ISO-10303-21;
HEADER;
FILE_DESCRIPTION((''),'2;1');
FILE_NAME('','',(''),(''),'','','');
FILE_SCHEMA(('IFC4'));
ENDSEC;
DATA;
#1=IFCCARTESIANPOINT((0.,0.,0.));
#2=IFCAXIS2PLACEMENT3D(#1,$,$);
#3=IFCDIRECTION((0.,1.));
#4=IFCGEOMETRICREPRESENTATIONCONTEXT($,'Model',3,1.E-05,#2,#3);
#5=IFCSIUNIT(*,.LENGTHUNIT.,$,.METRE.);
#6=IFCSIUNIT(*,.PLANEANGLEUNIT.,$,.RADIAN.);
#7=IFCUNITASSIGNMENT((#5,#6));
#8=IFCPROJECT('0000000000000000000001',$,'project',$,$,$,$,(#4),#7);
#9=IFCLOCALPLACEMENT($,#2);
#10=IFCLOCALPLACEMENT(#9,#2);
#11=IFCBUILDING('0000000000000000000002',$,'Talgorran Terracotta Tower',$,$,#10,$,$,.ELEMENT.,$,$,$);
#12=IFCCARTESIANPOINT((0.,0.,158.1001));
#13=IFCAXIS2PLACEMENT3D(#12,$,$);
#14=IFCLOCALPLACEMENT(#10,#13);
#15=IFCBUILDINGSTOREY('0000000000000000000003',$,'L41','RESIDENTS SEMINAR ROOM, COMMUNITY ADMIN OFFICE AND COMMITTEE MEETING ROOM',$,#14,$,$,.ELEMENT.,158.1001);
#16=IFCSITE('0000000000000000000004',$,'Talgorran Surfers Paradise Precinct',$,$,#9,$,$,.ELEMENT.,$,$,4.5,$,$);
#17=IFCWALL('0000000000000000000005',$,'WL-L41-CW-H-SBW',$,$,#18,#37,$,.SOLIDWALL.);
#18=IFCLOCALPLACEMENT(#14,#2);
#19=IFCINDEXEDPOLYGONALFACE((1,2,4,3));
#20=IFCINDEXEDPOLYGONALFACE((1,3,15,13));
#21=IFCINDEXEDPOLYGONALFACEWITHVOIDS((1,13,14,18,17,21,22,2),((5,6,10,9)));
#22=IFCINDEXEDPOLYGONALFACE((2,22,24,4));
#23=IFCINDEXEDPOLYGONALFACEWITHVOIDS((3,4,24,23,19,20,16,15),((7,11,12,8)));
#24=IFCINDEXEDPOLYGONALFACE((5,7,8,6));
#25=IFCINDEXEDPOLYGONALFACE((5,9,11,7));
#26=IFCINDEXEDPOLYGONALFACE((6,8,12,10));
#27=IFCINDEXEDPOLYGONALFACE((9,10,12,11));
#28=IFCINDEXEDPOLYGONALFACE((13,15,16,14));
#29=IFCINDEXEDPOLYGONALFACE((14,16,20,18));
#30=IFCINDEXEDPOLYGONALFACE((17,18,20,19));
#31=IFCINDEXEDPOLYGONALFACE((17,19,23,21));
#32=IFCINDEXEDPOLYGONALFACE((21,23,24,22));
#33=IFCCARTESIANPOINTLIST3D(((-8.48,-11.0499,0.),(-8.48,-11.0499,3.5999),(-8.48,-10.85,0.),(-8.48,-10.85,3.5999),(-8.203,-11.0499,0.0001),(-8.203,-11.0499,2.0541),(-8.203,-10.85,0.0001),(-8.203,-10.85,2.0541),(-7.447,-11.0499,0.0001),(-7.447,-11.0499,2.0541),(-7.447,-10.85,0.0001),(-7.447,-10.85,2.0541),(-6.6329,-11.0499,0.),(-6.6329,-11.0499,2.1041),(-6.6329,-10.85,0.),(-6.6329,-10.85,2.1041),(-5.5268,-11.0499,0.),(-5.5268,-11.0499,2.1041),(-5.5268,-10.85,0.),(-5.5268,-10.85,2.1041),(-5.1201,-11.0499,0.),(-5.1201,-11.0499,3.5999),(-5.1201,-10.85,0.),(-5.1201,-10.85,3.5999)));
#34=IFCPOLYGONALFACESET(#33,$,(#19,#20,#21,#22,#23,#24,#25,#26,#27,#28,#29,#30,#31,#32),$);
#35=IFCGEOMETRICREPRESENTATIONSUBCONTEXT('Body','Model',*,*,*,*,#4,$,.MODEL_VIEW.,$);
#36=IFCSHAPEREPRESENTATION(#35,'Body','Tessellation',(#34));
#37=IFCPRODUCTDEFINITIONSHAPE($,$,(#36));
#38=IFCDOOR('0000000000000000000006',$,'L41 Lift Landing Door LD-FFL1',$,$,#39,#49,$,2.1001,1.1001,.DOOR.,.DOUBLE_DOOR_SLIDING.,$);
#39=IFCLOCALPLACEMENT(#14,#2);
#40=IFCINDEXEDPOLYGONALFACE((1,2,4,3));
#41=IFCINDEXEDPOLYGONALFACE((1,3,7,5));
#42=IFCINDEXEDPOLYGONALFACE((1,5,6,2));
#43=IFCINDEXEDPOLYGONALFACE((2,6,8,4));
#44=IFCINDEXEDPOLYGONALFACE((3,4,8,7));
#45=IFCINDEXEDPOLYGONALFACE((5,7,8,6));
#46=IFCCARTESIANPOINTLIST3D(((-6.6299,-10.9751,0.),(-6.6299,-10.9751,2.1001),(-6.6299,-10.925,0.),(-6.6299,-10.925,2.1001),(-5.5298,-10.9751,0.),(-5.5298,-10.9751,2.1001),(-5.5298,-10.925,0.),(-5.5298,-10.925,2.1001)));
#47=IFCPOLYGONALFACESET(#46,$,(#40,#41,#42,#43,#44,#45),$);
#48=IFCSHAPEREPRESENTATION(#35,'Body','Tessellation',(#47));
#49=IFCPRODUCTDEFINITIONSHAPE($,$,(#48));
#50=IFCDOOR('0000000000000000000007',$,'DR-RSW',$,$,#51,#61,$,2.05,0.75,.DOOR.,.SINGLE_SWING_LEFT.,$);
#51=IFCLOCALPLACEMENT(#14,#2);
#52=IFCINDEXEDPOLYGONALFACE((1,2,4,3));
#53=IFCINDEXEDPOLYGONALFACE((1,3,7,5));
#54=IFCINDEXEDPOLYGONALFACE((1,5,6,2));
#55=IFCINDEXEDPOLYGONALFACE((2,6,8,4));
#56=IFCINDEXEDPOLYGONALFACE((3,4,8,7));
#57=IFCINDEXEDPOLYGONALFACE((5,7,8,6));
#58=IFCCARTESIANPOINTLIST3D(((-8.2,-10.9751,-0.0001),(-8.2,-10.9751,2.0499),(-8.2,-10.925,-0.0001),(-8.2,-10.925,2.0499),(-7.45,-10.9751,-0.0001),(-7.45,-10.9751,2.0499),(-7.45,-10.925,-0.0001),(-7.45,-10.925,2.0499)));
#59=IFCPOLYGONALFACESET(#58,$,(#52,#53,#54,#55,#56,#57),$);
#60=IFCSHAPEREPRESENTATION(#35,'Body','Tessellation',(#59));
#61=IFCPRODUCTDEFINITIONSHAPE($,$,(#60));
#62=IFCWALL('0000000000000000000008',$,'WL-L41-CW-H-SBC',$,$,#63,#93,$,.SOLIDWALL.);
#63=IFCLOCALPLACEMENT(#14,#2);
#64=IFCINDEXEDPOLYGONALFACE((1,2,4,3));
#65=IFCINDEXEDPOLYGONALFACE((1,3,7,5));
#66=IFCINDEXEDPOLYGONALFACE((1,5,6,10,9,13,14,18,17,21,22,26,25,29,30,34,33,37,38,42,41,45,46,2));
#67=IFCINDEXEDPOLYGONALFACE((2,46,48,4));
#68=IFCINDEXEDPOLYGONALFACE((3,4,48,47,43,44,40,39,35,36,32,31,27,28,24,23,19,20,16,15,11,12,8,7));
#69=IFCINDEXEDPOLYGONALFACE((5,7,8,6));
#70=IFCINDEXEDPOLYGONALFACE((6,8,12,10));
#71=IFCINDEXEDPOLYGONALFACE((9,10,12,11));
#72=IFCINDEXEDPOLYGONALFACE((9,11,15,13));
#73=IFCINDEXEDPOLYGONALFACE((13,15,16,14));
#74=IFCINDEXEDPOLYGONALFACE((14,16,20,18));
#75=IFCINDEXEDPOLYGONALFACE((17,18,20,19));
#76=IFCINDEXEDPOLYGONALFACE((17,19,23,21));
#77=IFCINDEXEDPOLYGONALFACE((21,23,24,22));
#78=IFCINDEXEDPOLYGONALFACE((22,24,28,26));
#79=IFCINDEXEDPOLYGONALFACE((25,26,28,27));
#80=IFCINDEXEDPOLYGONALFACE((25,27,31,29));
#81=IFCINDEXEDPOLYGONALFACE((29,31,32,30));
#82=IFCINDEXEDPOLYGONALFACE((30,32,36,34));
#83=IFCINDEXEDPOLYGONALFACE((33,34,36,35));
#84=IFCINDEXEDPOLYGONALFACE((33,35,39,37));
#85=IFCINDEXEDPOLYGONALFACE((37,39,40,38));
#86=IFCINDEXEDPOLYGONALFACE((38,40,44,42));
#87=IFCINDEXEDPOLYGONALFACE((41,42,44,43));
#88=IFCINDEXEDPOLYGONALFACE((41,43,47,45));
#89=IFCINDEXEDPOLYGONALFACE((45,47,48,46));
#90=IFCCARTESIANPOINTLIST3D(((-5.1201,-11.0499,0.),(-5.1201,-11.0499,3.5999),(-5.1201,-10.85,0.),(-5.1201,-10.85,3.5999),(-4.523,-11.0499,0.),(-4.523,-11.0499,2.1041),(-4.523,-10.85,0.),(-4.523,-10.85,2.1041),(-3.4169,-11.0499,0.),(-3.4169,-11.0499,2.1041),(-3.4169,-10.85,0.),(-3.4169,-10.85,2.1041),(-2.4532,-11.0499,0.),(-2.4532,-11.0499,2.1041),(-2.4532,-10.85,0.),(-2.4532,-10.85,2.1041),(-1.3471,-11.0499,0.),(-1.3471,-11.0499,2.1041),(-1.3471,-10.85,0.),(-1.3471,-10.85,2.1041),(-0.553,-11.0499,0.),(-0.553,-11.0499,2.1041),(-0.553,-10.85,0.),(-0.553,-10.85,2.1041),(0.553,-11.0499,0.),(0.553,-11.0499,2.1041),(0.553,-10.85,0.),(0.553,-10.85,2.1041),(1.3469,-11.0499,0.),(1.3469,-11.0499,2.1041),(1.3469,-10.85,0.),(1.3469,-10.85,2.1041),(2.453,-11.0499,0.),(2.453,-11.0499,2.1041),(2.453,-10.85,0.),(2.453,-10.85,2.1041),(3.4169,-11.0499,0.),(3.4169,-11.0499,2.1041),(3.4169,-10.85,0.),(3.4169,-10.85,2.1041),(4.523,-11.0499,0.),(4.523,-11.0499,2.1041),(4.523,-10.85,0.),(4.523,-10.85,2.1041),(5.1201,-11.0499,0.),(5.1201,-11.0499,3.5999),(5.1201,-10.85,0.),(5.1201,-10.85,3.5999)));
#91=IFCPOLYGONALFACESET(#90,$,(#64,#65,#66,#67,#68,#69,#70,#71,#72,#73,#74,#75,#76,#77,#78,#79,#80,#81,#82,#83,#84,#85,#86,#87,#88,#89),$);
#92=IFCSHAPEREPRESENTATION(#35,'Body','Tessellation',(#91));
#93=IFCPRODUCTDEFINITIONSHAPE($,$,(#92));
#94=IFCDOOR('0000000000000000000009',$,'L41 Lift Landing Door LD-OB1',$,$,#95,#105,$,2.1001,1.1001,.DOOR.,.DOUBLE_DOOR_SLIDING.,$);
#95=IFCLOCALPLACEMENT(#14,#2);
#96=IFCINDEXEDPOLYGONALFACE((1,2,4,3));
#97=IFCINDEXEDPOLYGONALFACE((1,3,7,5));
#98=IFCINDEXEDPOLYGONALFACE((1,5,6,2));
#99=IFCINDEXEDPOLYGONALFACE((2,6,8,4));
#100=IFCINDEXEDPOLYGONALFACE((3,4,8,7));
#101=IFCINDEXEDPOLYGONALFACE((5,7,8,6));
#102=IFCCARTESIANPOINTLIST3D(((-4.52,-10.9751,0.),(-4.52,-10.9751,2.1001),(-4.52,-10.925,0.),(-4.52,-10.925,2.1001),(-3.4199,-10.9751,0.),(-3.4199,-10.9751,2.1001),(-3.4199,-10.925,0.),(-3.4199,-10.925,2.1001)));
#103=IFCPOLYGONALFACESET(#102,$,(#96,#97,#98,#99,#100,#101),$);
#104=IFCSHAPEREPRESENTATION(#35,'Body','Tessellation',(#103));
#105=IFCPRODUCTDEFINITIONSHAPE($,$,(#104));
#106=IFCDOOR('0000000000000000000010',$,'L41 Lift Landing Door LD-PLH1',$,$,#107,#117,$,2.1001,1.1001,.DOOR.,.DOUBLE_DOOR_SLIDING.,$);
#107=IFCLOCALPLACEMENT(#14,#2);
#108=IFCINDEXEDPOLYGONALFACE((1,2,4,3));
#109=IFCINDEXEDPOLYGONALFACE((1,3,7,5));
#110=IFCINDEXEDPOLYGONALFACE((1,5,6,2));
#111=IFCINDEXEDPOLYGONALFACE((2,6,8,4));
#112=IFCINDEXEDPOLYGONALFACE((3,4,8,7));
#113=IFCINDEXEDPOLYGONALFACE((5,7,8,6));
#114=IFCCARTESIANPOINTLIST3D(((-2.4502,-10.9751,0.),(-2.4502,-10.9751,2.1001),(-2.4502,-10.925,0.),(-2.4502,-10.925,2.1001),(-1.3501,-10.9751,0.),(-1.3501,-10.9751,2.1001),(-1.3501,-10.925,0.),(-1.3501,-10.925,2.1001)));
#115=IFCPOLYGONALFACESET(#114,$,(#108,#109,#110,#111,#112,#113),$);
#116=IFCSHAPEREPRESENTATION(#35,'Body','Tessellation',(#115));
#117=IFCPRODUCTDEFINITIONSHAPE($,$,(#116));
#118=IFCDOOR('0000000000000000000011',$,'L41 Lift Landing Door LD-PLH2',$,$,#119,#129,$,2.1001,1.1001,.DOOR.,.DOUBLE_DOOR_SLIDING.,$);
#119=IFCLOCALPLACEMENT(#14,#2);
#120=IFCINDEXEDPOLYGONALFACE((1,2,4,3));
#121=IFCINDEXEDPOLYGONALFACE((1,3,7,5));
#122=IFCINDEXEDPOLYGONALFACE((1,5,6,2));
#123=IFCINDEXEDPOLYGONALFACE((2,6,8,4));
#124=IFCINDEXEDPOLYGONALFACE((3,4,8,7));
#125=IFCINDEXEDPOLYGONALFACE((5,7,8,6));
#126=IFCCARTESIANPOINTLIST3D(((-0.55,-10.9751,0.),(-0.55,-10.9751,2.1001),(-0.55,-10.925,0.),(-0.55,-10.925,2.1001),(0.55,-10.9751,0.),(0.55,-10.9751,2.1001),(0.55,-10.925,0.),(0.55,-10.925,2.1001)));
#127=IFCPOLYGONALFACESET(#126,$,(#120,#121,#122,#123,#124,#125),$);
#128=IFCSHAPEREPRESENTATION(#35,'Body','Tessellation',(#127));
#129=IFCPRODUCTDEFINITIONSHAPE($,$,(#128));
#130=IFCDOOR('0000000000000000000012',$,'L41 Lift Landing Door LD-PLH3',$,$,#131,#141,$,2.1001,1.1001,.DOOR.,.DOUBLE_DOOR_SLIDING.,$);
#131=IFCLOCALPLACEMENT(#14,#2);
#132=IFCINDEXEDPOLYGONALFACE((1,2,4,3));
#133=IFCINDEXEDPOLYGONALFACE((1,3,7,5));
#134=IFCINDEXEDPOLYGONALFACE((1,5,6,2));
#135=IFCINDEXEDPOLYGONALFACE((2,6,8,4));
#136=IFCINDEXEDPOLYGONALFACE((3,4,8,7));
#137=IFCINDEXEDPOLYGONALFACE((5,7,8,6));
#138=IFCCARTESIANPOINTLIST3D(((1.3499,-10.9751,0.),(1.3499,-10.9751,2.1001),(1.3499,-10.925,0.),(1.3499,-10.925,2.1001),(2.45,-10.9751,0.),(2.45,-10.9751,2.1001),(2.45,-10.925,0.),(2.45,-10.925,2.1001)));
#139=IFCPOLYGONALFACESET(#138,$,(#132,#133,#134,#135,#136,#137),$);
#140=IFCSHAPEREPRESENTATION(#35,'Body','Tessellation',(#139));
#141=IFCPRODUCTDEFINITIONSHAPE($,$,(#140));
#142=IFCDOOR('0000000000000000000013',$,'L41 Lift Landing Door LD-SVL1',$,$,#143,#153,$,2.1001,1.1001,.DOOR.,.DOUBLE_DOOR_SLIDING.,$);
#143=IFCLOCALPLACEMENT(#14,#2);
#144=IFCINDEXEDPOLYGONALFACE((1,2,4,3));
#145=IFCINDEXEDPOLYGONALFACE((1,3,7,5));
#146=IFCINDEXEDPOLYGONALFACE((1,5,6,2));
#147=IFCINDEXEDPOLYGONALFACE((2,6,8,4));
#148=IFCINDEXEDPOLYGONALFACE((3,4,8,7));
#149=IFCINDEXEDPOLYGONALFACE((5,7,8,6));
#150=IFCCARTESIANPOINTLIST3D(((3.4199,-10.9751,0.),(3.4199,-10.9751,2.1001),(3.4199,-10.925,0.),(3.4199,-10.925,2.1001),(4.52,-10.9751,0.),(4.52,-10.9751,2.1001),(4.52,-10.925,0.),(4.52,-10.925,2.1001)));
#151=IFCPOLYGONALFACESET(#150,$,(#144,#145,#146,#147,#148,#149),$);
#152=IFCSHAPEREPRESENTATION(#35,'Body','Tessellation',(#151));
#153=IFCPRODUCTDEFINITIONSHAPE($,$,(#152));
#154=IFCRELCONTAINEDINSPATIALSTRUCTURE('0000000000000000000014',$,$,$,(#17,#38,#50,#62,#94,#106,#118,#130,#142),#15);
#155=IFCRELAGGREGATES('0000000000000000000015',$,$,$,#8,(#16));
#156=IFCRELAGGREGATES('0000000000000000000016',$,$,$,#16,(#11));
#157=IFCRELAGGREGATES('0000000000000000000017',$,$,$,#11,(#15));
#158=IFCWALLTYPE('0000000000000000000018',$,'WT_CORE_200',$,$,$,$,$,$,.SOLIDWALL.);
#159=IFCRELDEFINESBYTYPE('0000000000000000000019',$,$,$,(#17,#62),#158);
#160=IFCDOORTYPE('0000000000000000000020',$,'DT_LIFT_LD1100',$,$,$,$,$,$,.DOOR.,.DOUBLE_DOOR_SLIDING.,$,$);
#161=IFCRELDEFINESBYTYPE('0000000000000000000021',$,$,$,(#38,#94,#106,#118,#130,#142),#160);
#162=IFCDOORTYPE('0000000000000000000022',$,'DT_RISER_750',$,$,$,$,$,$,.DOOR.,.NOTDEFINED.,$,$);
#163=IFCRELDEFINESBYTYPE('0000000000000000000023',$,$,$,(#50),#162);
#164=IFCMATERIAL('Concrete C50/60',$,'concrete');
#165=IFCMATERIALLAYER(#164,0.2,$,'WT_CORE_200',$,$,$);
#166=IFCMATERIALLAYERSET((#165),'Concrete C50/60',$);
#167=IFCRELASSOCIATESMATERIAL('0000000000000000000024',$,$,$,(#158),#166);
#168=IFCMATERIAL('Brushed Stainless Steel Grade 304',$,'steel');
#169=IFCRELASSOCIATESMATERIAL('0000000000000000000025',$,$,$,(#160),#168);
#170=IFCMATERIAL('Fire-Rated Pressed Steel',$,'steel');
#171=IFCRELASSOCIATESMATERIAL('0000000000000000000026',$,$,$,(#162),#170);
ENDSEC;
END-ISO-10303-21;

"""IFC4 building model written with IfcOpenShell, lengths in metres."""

from ifc_helpers import new_model, si_unit, direction, frame, frame_2d, origin, place, context, subcontext, project, spatial, rectangle, extrude, material, layer, layer_set, type_object, element, fill, save


model = new_model("IFC4")

# Units and contexts
model_context = context("Model", 3, precision=1e-05, world=origin(), true_north=direction((0.0, 1.0)))
body_context = subcontext(model_context, "Body", "Model", "MODEL_VIEW")
ifc_project = project(units=[si_unit("LENGTHUNIT", "METRE"), si_unit("PLANEANGLEUNIT", "RADIAN")], contexts=[model_context])

# Site, building, storey
site_placement = place(None, origin())
site = spatial("IfcSite", under=ifc_project, at=site_placement, Name="Talgorran Surfers Paradise Precinct", CompositionType="ELEMENT", RefElevation=4.5)
building_placement = place(site_placement, origin())
building = spatial("IfcBuilding", under=site, at=building_placement, Name="Talgorran Terracotta Tower", CompositionType="ELEMENT")
storey_placement = place(building_placement, frame((0.0, 0.0, 158.1001)))
storey = spatial("IfcBuildingStorey", under=building, at=storey_placement, Name="L41", Description="RESIDENTS SEMINAR ROOM, COMMUNITY ADMIN OFFICE AND COMMITTEE MEETING ROOM", CompositionType="ELEMENT", Elevation=158.1001)

# Shared definitions
ifc_material_1 = material(Name="Concrete C50/60", Category="concrete")

# Walls, openings, doors
ifc_layer_1 = layer(ifc_material_1, 0.2, Name="WT_CORE_200")
ifc_layer_set_1 = layer_set([ifc_layer_1], Name="Concrete C50/60")
wall_type_1 = type_object("IfcWallType", Name="WT_CORE_200", PredefinedType="SOLIDWALL", material=ifc_layer_set_1)
wall_1_placement = place(storey_placement, frame((-8.48, -10.95, 0.0), z_axis=(0.0, 0.0, 1.0), x_axis=(1.0, 0.0, 0.0)))
wall_1 = element("IfcWall", 1, at=wall_1_placement, inside=storey, type_object=wall_type_1, Name="WL-L41-CW-H-SBW", PredefinedType="SOLIDWALL", context=body_context, shape_type="SweptSolid", body=[
    extrude(rectangle(XDim=3.3599, YDim=0.2, at=frame_2d((1.6799, 0.0))), origin(), (0.0, 0.0, 1.0), 3.5999),
])
opening_1_placement = place(wall_1_placement, frame((0.28, 0.0, 0.0)))
opening_1 = element("IfcOpeningElement", 2, at=opening_1_placement, cuts=wall_1, PredefinedType="OPENING", context=body_context, shape_type="SweptSolid", body=[
    extrude(rectangle(XDim=0.756, YDim=2.054, at=frame_2d((0.375, 1.0271))), frame((0.0, 0.1099, 0.0), z_axis=(0.0, -1.0, 0.0), x_axis=(1.0, 0.0, 0.0)), (0.0, 0.0, 1.0), 0.22),
])
opening_2_placement = place(wall_1_placement, frame((1.8501, 0.0, 0.0)))
opening_2 = element("IfcOpeningElement", 3, at=opening_2_placement, cuts=wall_1, PredefinedType="OPENING", context=body_context, shape_type="SweptSolid", body=[
    extrude(rectangle(XDim=1.1061, YDim=2.1041, at=frame_2d((0.55, 1.052))), frame((0.0, 0.1099, 0.0), z_axis=(0.0, -1.0, 0.0), x_axis=(1.0, 0.0, 0.0)), (0.0, 0.0, 1.0), 0.22),
])
ifc_material_2 = material(Name="Brushed Stainless Steel Grade 304", Category="steel")
door_type_1 = type_object("IfcDoorType", Name="DT_LIFT_LD1100", OperationType="DOUBLE_DOOR_SLIDING", PredefinedType="DOOR", material=ifc_material_2)
door_1_placement = place(opening_2_placement, origin())
door_1 = element("IfcDoor", 4, at=door_1_placement, inside=storey, type_object=door_type_1, Name="L41 Lift Landing Door LD-FFL1", OperationType="DOUBLE_DOOR_SLIDING", OverallHeight=2.1001, OverallWidth=1.1001, PredefinedType="DOOR", context=body_context, shape_type="SweptSolid", body=[
    extrude(rectangle(XDim=1.1001, YDim=2.1001, at=frame_2d((0.55, 1.05))), frame((0.0, 0.0249, 0.0), z_axis=(0.0, -1.0, 0.0), x_axis=(1.0, 0.0, 0.0)), (0.0, 0.0, 1.0), 0.05),
])
fill(opening_2, door_1)
ifc_material_3 = material(Name="Fire-Rated Pressed Steel", Category="steel")
door_type_2 = type_object("IfcDoorType", Name="DT_RISER_750", OperationType="NOTDEFINED", PredefinedType="DOOR", material=ifc_material_3)
door_2_placement = place(opening_1_placement, origin())
door_2 = element("IfcDoor", 5, at=door_2_placement, inside=storey, type_object=door_type_2, Name="DR-RSW", OperationType="SINGLE_SWING_LEFT", OverallHeight=2.05, OverallWidth=0.75, PredefinedType="DOOR", context=body_context, shape_type="SweptSolid", body=[
    extrude(rectangle(XDim=0.75, YDim=2.05, at=frame_2d((0.375, 1.0249))), frame((0.0, 0.0249, 0.0), z_axis=(0.0, -1.0, 0.0), x_axis=(1.0, 0.0, 0.0)), (0.0, 0.0, 1.0), 0.05),
])
fill(opening_1, door_2)
wall_2_placement = place(storey_placement, frame((-5.1201, -10.95, 0.0), z_axis=(0.0, 0.0, 1.0), x_axis=(1.0, 0.0, 0.0)))
wall_2 = element("IfcWall", 6, at=wall_2_placement, inside=storey, type_object=wall_type_1, Name="WL-L41-CW-H-SBC", PredefinedType="SOLIDWALL", context=body_context, shape_type="SweptSolid", body=[
    extrude(rectangle(XDim=10.2402, YDim=0.2, at=frame_2d((5.1201, 0.0))), origin(), (0.0, 0.0, 1.0), 3.5999),
])
opening_3_placement = place(wall_2_placement, frame((0.6001, 0.0, 0.0)))
opening_3 = element("IfcOpeningElement", 7, at=opening_3_placement, cuts=wall_2, PredefinedType="OPENING", context=body_context, shape_type="SweptSolid", body=[
    extrude(rectangle(XDim=1.1061, YDim=2.1041, at=frame_2d((0.55, 1.052))), frame((0.0, 0.1099, 0.0), z_axis=(0.0, -1.0, 0.0), x_axis=(1.0, 0.0, 0.0)), (0.0, 0.0, 1.0), 0.22),
])
opening_4_placement = place(wall_2_placement, frame((2.6699, 0.0, 0.0)))
opening_4 = element("IfcOpeningElement", 8, at=opening_4_placement, cuts=wall_2, PredefinedType="OPENING", context=body_context, shape_type="SweptSolid", body=[
    extrude(rectangle(XDim=1.1061, YDim=2.1041, at=frame_2d((0.55, 1.052))), frame((0.0, 0.1099, 0.0), z_axis=(0.0, -1.0, 0.0), x_axis=(1.0, 0.0, 0.0)), (0.0, 0.0, 1.0), 0.22),
])
opening_5_placement = place(wall_2_placement, frame((4.5701, 0.0, 0.0)))
opening_5 = element("IfcOpeningElement", 9, at=opening_5_placement, cuts=wall_2, PredefinedType="OPENING", context=body_context, shape_type="SweptSolid", body=[
    extrude(rectangle(XDim=1.1061, YDim=2.1041, at=frame_2d((0.55, 1.052))), frame((0.0, 0.1099, 0.0), z_axis=(0.0, -1.0, 0.0), x_axis=(1.0, 0.0, 0.0)), (0.0, 0.0, 1.0), 0.22),
])
opening_6_placement = place(wall_2_placement, frame((6.47, 0.0, 0.0)))
opening_6 = element("IfcOpeningElement", 10, at=opening_6_placement, cuts=wall_2, PredefinedType="OPENING", context=body_context, shape_type="SweptSolid", body=[
    extrude(rectangle(XDim=1.1061, YDim=2.1041, at=frame_2d((0.55, 1.052))), frame((0.0, 0.1099, 0.0), z_axis=(0.0, -1.0, 0.0), x_axis=(1.0, 0.0, 0.0)), (0.0, 0.0, 1.0), 0.22),
])
opening_7_placement = place(wall_2_placement, frame((8.54, 0.0, 0.0)))
opening_7 = element("IfcOpeningElement", 11, at=opening_7_placement, cuts=wall_2, PredefinedType="OPENING", context=body_context, shape_type="SweptSolid", body=[
    extrude(rectangle(XDim=1.1061, YDim=2.1041, at=frame_2d((0.55, 1.052))), frame((0.0, 0.1099, 0.0), z_axis=(0.0, -1.0, 0.0), x_axis=(1.0, 0.0, 0.0)), (0.0, 0.0, 1.0), 0.22),
])
door_3_placement = place(opening_3_placement, origin())
door_3 = element("IfcDoor", 12, at=door_3_placement, inside=storey, type_object=door_type_1, Name="L41 Lift Landing Door LD-OB1", OperationType="DOUBLE_DOOR_SLIDING", OverallHeight=2.1001, OverallWidth=1.1001, PredefinedType="DOOR", context=body_context, shape_type="SweptSolid", body=[
    extrude(rectangle(XDim=1.1001, YDim=2.1001, at=frame_2d((0.55, 1.05))), frame((0.0, 0.0249, 0.0), z_axis=(0.0, -1.0, 0.0), x_axis=(1.0, 0.0, 0.0)), (0.0, 0.0, 1.0), 0.05),
])
fill(opening_3, door_3)
door_4_placement = place(opening_4_placement, origin())
door_4 = element("IfcDoor", 13, at=door_4_placement, inside=storey, type_object=door_type_1, Name="L41 Lift Landing Door LD-PLH1", OperationType="DOUBLE_DOOR_SLIDING", OverallHeight=2.1001, OverallWidth=1.1001, PredefinedType="DOOR", context=body_context, shape_type="SweptSolid", body=[
    extrude(rectangle(XDim=1.1001, YDim=2.1001, at=frame_2d((0.55, 1.05))), frame((0.0, 0.0249, 0.0), z_axis=(0.0, -1.0, 0.0), x_axis=(1.0, 0.0, 0.0)), (0.0, 0.0, 1.0), 0.05),
])
fill(opening_4, door_4)
door_5_placement = place(opening_5_placement, origin())
door_5 = element("IfcDoor", 14, at=door_5_placement, inside=storey, type_object=door_type_1, Name="L41 Lift Landing Door LD-PLH2", OperationType="DOUBLE_DOOR_SLIDING", OverallHeight=2.1001, OverallWidth=1.1001, PredefinedType="DOOR", context=body_context, shape_type="SweptSolid", body=[
    extrude(rectangle(XDim=1.1001, YDim=2.1001, at=frame_2d((0.55, 1.05))), frame((0.0, 0.0249, 0.0), z_axis=(0.0, -1.0, 0.0), x_axis=(1.0, 0.0, 0.0)), (0.0, 0.0, 1.0), 0.05),
])
fill(opening_5, door_5)
door_6_placement = place(opening_6_placement, origin())
door_6 = element("IfcDoor", 15, at=door_6_placement, inside=storey, type_object=door_type_1, Name="L41 Lift Landing Door LD-PLH3", OperationType="DOUBLE_DOOR_SLIDING", OverallHeight=2.1001, OverallWidth=1.1001, PredefinedType="DOOR", context=body_context, shape_type="SweptSolid", body=[
    extrude(rectangle(XDim=1.1001, YDim=2.1001, at=frame_2d((0.55, 1.05))), frame((0.0, 0.0249, 0.0), z_axis=(0.0, -1.0, 0.0), x_axis=(1.0, 0.0, 0.0)), (0.0, 0.0, 1.0), 0.05),
])
fill(opening_6, door_6)
door_7_placement = place(opening_7_placement, origin())
door_7 = element("IfcDoor", 16, at=door_7_placement, inside=storey, type_object=door_type_1, Name="L41 Lift Landing Door LD-SVL1", OperationType="DOUBLE_DOOR_SLIDING", OverallHeight=2.1001, OverallWidth=1.1001, PredefinedType="DOOR", context=body_context, shape_type="SweptSolid", body=[
    extrude(rectangle(XDim=1.1001, YDim=2.1001, at=frame_2d((0.55, 1.05))), frame((0.0, 0.0249, 0.0), z_axis=(0.0, -1.0, 0.0), x_axis=(1.0, 0.0, 0.0)), (0.0, 0.0, 1.0), 0.05),
])
fill(opening_7, door_7)

save(model, "model.ifc")
